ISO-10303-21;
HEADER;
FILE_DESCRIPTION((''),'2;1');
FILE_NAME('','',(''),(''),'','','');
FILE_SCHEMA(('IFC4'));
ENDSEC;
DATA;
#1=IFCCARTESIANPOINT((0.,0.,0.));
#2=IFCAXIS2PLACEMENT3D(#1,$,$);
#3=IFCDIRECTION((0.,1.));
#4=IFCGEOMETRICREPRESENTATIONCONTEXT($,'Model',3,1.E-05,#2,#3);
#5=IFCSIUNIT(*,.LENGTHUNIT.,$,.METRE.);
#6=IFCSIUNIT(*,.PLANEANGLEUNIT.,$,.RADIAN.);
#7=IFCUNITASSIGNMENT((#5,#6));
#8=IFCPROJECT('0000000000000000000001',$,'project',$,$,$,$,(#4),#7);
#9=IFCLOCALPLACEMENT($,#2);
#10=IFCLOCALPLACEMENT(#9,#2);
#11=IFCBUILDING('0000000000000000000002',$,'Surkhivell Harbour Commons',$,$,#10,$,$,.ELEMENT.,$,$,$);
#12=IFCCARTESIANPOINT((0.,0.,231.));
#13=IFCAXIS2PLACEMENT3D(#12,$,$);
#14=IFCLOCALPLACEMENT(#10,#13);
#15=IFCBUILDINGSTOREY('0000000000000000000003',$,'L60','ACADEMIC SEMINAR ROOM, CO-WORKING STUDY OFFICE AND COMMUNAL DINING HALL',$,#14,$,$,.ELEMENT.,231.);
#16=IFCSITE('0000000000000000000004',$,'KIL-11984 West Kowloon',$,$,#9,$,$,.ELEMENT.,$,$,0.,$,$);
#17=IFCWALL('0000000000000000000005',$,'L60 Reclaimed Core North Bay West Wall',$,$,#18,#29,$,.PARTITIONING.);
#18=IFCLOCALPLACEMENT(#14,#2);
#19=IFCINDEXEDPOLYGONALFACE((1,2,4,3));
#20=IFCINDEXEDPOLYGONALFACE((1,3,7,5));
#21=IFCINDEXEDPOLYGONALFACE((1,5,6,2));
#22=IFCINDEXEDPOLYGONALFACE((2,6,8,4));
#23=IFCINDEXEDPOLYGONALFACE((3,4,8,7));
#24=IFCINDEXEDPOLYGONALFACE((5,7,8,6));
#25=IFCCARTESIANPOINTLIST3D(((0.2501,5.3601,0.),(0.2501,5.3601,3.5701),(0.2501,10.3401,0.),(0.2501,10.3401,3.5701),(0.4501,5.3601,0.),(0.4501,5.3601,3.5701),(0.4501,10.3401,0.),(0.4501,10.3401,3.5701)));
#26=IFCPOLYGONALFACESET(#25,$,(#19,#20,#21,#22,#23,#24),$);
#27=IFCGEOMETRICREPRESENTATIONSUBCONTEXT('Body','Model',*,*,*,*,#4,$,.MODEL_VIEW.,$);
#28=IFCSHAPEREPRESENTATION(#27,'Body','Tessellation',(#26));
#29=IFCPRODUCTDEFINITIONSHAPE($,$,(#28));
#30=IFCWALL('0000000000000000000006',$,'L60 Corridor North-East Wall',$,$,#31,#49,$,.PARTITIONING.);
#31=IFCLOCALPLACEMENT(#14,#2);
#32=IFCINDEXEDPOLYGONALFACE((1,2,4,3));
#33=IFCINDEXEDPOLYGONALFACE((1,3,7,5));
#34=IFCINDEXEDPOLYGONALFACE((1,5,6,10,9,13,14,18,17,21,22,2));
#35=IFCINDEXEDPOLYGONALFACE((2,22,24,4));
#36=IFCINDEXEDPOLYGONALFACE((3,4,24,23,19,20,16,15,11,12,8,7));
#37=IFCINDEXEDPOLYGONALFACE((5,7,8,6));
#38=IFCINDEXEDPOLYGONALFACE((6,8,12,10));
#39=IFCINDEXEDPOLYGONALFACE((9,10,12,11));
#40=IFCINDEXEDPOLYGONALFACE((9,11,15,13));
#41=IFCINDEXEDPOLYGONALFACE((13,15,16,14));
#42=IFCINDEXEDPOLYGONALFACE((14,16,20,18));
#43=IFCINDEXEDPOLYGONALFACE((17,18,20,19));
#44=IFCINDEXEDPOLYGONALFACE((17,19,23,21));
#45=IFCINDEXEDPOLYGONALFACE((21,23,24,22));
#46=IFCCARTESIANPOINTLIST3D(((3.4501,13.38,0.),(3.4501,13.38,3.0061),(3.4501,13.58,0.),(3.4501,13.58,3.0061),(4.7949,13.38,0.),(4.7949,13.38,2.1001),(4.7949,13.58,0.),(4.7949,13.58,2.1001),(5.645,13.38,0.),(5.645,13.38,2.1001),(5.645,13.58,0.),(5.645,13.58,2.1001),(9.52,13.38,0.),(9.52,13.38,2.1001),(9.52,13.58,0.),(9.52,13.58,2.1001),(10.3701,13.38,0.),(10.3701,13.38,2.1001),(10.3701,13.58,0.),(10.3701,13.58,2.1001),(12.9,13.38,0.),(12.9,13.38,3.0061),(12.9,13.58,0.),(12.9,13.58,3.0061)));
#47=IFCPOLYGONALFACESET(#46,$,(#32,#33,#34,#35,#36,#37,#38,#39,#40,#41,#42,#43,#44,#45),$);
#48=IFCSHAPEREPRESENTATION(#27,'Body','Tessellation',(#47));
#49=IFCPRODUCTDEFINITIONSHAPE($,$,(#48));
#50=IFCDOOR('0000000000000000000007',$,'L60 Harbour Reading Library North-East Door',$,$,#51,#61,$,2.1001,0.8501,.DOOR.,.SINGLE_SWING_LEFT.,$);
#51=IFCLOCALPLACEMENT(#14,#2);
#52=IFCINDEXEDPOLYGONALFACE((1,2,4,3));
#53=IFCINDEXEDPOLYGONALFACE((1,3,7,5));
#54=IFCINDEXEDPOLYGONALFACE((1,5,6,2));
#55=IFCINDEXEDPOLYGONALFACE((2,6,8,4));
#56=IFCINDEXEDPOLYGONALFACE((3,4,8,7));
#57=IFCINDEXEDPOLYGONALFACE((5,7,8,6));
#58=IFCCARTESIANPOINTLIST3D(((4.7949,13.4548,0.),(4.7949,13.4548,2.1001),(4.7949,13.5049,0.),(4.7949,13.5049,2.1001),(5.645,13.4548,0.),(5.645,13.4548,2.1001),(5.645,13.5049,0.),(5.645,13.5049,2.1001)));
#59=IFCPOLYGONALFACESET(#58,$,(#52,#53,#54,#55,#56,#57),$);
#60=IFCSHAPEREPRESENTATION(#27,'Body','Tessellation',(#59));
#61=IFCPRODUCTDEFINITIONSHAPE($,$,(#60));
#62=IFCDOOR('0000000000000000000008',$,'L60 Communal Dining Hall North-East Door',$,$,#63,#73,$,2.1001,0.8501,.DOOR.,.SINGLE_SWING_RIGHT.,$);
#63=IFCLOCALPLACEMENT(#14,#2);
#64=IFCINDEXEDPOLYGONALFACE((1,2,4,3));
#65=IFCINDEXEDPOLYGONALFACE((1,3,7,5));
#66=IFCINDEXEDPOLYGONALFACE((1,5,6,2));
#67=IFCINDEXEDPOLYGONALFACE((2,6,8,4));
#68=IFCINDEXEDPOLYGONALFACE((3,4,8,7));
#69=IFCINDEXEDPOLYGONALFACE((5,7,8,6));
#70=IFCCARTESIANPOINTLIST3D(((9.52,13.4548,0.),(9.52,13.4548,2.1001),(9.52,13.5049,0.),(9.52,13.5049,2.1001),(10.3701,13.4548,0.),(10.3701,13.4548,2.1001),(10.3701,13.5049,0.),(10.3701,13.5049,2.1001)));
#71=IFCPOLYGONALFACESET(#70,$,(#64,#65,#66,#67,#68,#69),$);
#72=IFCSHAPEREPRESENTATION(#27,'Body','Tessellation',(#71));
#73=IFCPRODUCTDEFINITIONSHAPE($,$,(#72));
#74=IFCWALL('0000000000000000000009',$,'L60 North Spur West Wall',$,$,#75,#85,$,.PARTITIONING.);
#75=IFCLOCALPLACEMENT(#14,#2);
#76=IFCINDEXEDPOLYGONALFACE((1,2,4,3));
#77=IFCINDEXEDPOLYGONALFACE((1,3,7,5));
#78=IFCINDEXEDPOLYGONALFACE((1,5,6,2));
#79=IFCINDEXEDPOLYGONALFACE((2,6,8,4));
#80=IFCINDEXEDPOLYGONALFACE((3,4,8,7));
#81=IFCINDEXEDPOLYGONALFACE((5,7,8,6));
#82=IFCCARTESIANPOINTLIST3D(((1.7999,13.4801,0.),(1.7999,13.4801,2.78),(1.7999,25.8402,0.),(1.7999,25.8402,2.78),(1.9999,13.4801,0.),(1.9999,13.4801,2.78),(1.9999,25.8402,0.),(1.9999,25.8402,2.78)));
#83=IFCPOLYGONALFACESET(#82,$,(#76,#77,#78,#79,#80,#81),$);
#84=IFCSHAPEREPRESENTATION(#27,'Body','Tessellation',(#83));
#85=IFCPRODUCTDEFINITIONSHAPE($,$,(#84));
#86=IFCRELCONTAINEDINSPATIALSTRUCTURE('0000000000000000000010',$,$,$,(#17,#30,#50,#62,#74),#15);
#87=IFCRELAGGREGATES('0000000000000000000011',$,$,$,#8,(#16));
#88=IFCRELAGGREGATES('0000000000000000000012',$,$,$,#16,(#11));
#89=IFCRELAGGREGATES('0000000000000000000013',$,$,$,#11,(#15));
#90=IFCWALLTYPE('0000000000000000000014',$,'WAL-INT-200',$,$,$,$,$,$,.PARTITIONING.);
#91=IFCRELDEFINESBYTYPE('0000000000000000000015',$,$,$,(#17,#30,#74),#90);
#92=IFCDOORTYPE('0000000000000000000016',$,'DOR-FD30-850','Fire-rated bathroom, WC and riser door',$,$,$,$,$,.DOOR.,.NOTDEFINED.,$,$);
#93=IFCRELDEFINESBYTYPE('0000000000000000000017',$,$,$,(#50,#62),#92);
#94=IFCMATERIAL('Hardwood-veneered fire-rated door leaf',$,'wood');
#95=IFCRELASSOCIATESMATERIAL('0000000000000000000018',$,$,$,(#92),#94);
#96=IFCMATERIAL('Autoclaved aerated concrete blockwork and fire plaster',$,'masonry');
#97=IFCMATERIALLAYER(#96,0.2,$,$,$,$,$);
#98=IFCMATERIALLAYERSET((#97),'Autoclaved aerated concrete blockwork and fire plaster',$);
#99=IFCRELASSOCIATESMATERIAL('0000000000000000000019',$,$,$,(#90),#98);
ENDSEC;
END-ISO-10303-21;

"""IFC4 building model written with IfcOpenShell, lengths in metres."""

from ifc_helpers import new_model, si_unit, direction, frame, frame_2d, origin, place, context, subcontext, project, spatial, rectangle, extrude, material, layer, layer_set, type_object, element, fill, save


model = new_model("IFC4")

# Units and contexts
model_context = context("Model", 3, precision=1e-05, world=origin(), true_north=direction((0.0, 1.0)))
body_context = subcontext(model_context, "Body", "Model", "MODEL_VIEW")
ifc_project = project(units=[si_unit("LENGTHUNIT", "METRE"), si_unit("PLANEANGLEUNIT", "RADIAN")], contexts=[model_context])

# Site, building, storey
site_placement = place(None, origin())
site = spatial("IfcSite", under=ifc_project, at=site_placement, Name="KIL-11984 West Kowloon", CompositionType="ELEMENT", RefElevation=0.0)
building_placement = place(site_placement, origin())
building = spatial("IfcBuilding", under=site, at=building_placement, Name="Surkhivell Harbour Commons", CompositionType="ELEMENT")
storey_placement = place(building_placement, frame((0.0, 0.0, 231.0)))
storey = spatial("IfcBuildingStorey", under=building, at=storey_placement, Name="L60", Description="ACADEMIC SEMINAR ROOM, CO-WORKING STUDY OFFICE AND COMMUNAL DINING HALL", CompositionType="ELEMENT", Elevation=231.0)

# Shared definitions
ifc_material_1 = material(Name="Hardwood-veneered fire-rated door leaf", Category="wood")
door_type_1 = type_object("IfcDoorType", Name="DOR-FD30-850", Description="Fire-rated bathroom, WC and riser door", OperationType="NOTDEFINED", PredefinedType="DOOR", material=ifc_material_1)

# Shared definitions
ifc_material_2 = material(Name="Autoclaved aerated concrete blockwork and fire plaster", Category="masonry")
ifc_layer_1 = layer(ifc_material_2, 0.2)
ifc_layer_set_1 = layer_set([ifc_layer_1], Name="Autoclaved aerated concrete blockwork and fire plaster")
wall_type_1 = type_object("IfcWallType", Name="WAL-INT-200", PredefinedType="PARTITIONING", material=ifc_layer_set_1)

# Wall
wall_1_placement = place(storey_placement, frame((0.3501, 5.3601, 0.0), z_axis=(0.0, 0.0, 1.0), x_axis=(0.0, 1.0, 0.0)))
element("IfcWall", 1, at=wall_1_placement, inside=storey, type_object=wall_type_1, Name="L60 Reclaimed Core North Bay West Wall", PredefinedType="PARTITIONING", context=body_context, shape_type="SweptSolid", body=[
    extrude(rectangle(XDim=4.98, YDim=0.2, at=frame_2d((2.49, 0.0))), origin(), (0.0, 0.0, 1.0), 3.5701),
])

# Wall, openings, doors
wall_2_placement = place(storey_placement, frame((3.45, 13.48, 0.0), z_axis=(0.0, 0.0, 1.0), x_axis=(1.0, 0.0, 0.0)))
wall_2 = element("IfcWall", 2, at=wall_2_placement, inside=storey, type_object=wall_type_1, Name="L60 Corridor North-East Wall", PredefinedType="PARTITIONING", context=body_context, shape_type="SweptSolid", body=[
    extrude(rectangle(XDim=9.45, YDim=0.2, at=frame_2d((4.7251, 0.0))), origin(), (0.0, 0.0, 1.0), 3.0061),
])
opening_1_placement = place(wall_2_placement, frame((1.345, 0.0, 0.0)))
opening_1 = element("IfcOpeningElement", 3, at=opening_1_placement, cuts=wall_2, PredefinedType="OPENING", context=body_context, shape_type="SweptSolid", body=[
    extrude(rectangle(XDim=0.8501, YDim=2.1001, at=frame_2d((0.425, 1.05))), frame((0.0, 0.1099, 0.0), z_axis=(0.0, -1.0, 0.0), x_axis=(1.0, 0.0, 0.0)), (0.0, 0.0, 1.0), 0.22),
])
opening_2_placement = place(wall_2_placement, frame((6.0701, 0.0, 0.0)))
opening_2 = element("IfcOpeningElement", 4, at=opening_2_placement, cuts=wall_2, PredefinedType="OPENING", context=body_context, shape_type="SweptSolid", body=[
    extrude(rectangle(XDim=0.8501, YDim=2.1001, at=frame_2d((0.425, 1.05))), frame((0.0, 0.1099, 0.0), z_axis=(0.0, -1.0, 0.0), x_axis=(1.0, 0.0, 0.0)), (0.0, 0.0, 1.0), 0.22),
])
door_1_placement = place(opening_1_placement, origin())
door_1 = element("IfcDoor", 5, at=door_1_placement, inside=storey, type_object=door_type_1, Name="L60 Harbour Reading Library North-East Door", OperationType="SINGLE_SWING_LEFT", OverallHeight=2.1001, OverallWidth=0.8501, PredefinedType="DOOR", context=body_context, shape_type="SweptSolid", body=[
    extrude(rectangle(XDim=0.8501, YDim=2.1001, at=frame_2d((0.425, 1.05))), frame((0.0, 0.0249, 0.0), z_axis=(0.0, -1.0, 0.0), x_axis=(1.0, 0.0, 0.0)), (0.0, 0.0, 1.0), 0.05),
])
fill(opening_1, door_1)
door_2_placement = place(opening_2_placement, origin())
door_2 = element("IfcDoor", 6, at=door_2_placement, inside=storey, type_object=door_type_1, Name="L60 Communal Dining Hall North-East Door", OperationType="SINGLE_SWING_RIGHT", OverallHeight=2.1001, OverallWidth=0.8501, PredefinedType="DOOR", context=body_context, shape_type="SweptSolid", body=[
    extrude(rectangle(XDim=0.8501, YDim=2.1001, at=frame_2d((0.425, 1.05))), frame((0.0, 0.0249, 0.0), z_axis=(0.0, -1.0, 0.0), x_axis=(1.0, 0.0, 0.0)), (0.0, 0.0, 1.0), 0.05),
])
fill(opening_2, door_2)

# Wall
wall_3_placement = place(storey_placement, frame((1.8999, 13.48, 0.0), z_axis=(0.0, 0.0, 1.0), x_axis=(0.0, 1.0, 0.0)))
element("IfcWall", 7, at=wall_3_placement, inside=storey, type_object=wall_type_1, Name="L60 North Spur West Wall", PredefinedType="PARTITIONING", context=body_context, shape_type="SweptSolid", body=[
    extrude(rectangle(XDim=12.3601, YDim=0.2, at=frame_2d((6.1802, 0.0))), origin(), (0.0, 0.0, 1.0), 2.78),
])

save(model, "model.ifc")
